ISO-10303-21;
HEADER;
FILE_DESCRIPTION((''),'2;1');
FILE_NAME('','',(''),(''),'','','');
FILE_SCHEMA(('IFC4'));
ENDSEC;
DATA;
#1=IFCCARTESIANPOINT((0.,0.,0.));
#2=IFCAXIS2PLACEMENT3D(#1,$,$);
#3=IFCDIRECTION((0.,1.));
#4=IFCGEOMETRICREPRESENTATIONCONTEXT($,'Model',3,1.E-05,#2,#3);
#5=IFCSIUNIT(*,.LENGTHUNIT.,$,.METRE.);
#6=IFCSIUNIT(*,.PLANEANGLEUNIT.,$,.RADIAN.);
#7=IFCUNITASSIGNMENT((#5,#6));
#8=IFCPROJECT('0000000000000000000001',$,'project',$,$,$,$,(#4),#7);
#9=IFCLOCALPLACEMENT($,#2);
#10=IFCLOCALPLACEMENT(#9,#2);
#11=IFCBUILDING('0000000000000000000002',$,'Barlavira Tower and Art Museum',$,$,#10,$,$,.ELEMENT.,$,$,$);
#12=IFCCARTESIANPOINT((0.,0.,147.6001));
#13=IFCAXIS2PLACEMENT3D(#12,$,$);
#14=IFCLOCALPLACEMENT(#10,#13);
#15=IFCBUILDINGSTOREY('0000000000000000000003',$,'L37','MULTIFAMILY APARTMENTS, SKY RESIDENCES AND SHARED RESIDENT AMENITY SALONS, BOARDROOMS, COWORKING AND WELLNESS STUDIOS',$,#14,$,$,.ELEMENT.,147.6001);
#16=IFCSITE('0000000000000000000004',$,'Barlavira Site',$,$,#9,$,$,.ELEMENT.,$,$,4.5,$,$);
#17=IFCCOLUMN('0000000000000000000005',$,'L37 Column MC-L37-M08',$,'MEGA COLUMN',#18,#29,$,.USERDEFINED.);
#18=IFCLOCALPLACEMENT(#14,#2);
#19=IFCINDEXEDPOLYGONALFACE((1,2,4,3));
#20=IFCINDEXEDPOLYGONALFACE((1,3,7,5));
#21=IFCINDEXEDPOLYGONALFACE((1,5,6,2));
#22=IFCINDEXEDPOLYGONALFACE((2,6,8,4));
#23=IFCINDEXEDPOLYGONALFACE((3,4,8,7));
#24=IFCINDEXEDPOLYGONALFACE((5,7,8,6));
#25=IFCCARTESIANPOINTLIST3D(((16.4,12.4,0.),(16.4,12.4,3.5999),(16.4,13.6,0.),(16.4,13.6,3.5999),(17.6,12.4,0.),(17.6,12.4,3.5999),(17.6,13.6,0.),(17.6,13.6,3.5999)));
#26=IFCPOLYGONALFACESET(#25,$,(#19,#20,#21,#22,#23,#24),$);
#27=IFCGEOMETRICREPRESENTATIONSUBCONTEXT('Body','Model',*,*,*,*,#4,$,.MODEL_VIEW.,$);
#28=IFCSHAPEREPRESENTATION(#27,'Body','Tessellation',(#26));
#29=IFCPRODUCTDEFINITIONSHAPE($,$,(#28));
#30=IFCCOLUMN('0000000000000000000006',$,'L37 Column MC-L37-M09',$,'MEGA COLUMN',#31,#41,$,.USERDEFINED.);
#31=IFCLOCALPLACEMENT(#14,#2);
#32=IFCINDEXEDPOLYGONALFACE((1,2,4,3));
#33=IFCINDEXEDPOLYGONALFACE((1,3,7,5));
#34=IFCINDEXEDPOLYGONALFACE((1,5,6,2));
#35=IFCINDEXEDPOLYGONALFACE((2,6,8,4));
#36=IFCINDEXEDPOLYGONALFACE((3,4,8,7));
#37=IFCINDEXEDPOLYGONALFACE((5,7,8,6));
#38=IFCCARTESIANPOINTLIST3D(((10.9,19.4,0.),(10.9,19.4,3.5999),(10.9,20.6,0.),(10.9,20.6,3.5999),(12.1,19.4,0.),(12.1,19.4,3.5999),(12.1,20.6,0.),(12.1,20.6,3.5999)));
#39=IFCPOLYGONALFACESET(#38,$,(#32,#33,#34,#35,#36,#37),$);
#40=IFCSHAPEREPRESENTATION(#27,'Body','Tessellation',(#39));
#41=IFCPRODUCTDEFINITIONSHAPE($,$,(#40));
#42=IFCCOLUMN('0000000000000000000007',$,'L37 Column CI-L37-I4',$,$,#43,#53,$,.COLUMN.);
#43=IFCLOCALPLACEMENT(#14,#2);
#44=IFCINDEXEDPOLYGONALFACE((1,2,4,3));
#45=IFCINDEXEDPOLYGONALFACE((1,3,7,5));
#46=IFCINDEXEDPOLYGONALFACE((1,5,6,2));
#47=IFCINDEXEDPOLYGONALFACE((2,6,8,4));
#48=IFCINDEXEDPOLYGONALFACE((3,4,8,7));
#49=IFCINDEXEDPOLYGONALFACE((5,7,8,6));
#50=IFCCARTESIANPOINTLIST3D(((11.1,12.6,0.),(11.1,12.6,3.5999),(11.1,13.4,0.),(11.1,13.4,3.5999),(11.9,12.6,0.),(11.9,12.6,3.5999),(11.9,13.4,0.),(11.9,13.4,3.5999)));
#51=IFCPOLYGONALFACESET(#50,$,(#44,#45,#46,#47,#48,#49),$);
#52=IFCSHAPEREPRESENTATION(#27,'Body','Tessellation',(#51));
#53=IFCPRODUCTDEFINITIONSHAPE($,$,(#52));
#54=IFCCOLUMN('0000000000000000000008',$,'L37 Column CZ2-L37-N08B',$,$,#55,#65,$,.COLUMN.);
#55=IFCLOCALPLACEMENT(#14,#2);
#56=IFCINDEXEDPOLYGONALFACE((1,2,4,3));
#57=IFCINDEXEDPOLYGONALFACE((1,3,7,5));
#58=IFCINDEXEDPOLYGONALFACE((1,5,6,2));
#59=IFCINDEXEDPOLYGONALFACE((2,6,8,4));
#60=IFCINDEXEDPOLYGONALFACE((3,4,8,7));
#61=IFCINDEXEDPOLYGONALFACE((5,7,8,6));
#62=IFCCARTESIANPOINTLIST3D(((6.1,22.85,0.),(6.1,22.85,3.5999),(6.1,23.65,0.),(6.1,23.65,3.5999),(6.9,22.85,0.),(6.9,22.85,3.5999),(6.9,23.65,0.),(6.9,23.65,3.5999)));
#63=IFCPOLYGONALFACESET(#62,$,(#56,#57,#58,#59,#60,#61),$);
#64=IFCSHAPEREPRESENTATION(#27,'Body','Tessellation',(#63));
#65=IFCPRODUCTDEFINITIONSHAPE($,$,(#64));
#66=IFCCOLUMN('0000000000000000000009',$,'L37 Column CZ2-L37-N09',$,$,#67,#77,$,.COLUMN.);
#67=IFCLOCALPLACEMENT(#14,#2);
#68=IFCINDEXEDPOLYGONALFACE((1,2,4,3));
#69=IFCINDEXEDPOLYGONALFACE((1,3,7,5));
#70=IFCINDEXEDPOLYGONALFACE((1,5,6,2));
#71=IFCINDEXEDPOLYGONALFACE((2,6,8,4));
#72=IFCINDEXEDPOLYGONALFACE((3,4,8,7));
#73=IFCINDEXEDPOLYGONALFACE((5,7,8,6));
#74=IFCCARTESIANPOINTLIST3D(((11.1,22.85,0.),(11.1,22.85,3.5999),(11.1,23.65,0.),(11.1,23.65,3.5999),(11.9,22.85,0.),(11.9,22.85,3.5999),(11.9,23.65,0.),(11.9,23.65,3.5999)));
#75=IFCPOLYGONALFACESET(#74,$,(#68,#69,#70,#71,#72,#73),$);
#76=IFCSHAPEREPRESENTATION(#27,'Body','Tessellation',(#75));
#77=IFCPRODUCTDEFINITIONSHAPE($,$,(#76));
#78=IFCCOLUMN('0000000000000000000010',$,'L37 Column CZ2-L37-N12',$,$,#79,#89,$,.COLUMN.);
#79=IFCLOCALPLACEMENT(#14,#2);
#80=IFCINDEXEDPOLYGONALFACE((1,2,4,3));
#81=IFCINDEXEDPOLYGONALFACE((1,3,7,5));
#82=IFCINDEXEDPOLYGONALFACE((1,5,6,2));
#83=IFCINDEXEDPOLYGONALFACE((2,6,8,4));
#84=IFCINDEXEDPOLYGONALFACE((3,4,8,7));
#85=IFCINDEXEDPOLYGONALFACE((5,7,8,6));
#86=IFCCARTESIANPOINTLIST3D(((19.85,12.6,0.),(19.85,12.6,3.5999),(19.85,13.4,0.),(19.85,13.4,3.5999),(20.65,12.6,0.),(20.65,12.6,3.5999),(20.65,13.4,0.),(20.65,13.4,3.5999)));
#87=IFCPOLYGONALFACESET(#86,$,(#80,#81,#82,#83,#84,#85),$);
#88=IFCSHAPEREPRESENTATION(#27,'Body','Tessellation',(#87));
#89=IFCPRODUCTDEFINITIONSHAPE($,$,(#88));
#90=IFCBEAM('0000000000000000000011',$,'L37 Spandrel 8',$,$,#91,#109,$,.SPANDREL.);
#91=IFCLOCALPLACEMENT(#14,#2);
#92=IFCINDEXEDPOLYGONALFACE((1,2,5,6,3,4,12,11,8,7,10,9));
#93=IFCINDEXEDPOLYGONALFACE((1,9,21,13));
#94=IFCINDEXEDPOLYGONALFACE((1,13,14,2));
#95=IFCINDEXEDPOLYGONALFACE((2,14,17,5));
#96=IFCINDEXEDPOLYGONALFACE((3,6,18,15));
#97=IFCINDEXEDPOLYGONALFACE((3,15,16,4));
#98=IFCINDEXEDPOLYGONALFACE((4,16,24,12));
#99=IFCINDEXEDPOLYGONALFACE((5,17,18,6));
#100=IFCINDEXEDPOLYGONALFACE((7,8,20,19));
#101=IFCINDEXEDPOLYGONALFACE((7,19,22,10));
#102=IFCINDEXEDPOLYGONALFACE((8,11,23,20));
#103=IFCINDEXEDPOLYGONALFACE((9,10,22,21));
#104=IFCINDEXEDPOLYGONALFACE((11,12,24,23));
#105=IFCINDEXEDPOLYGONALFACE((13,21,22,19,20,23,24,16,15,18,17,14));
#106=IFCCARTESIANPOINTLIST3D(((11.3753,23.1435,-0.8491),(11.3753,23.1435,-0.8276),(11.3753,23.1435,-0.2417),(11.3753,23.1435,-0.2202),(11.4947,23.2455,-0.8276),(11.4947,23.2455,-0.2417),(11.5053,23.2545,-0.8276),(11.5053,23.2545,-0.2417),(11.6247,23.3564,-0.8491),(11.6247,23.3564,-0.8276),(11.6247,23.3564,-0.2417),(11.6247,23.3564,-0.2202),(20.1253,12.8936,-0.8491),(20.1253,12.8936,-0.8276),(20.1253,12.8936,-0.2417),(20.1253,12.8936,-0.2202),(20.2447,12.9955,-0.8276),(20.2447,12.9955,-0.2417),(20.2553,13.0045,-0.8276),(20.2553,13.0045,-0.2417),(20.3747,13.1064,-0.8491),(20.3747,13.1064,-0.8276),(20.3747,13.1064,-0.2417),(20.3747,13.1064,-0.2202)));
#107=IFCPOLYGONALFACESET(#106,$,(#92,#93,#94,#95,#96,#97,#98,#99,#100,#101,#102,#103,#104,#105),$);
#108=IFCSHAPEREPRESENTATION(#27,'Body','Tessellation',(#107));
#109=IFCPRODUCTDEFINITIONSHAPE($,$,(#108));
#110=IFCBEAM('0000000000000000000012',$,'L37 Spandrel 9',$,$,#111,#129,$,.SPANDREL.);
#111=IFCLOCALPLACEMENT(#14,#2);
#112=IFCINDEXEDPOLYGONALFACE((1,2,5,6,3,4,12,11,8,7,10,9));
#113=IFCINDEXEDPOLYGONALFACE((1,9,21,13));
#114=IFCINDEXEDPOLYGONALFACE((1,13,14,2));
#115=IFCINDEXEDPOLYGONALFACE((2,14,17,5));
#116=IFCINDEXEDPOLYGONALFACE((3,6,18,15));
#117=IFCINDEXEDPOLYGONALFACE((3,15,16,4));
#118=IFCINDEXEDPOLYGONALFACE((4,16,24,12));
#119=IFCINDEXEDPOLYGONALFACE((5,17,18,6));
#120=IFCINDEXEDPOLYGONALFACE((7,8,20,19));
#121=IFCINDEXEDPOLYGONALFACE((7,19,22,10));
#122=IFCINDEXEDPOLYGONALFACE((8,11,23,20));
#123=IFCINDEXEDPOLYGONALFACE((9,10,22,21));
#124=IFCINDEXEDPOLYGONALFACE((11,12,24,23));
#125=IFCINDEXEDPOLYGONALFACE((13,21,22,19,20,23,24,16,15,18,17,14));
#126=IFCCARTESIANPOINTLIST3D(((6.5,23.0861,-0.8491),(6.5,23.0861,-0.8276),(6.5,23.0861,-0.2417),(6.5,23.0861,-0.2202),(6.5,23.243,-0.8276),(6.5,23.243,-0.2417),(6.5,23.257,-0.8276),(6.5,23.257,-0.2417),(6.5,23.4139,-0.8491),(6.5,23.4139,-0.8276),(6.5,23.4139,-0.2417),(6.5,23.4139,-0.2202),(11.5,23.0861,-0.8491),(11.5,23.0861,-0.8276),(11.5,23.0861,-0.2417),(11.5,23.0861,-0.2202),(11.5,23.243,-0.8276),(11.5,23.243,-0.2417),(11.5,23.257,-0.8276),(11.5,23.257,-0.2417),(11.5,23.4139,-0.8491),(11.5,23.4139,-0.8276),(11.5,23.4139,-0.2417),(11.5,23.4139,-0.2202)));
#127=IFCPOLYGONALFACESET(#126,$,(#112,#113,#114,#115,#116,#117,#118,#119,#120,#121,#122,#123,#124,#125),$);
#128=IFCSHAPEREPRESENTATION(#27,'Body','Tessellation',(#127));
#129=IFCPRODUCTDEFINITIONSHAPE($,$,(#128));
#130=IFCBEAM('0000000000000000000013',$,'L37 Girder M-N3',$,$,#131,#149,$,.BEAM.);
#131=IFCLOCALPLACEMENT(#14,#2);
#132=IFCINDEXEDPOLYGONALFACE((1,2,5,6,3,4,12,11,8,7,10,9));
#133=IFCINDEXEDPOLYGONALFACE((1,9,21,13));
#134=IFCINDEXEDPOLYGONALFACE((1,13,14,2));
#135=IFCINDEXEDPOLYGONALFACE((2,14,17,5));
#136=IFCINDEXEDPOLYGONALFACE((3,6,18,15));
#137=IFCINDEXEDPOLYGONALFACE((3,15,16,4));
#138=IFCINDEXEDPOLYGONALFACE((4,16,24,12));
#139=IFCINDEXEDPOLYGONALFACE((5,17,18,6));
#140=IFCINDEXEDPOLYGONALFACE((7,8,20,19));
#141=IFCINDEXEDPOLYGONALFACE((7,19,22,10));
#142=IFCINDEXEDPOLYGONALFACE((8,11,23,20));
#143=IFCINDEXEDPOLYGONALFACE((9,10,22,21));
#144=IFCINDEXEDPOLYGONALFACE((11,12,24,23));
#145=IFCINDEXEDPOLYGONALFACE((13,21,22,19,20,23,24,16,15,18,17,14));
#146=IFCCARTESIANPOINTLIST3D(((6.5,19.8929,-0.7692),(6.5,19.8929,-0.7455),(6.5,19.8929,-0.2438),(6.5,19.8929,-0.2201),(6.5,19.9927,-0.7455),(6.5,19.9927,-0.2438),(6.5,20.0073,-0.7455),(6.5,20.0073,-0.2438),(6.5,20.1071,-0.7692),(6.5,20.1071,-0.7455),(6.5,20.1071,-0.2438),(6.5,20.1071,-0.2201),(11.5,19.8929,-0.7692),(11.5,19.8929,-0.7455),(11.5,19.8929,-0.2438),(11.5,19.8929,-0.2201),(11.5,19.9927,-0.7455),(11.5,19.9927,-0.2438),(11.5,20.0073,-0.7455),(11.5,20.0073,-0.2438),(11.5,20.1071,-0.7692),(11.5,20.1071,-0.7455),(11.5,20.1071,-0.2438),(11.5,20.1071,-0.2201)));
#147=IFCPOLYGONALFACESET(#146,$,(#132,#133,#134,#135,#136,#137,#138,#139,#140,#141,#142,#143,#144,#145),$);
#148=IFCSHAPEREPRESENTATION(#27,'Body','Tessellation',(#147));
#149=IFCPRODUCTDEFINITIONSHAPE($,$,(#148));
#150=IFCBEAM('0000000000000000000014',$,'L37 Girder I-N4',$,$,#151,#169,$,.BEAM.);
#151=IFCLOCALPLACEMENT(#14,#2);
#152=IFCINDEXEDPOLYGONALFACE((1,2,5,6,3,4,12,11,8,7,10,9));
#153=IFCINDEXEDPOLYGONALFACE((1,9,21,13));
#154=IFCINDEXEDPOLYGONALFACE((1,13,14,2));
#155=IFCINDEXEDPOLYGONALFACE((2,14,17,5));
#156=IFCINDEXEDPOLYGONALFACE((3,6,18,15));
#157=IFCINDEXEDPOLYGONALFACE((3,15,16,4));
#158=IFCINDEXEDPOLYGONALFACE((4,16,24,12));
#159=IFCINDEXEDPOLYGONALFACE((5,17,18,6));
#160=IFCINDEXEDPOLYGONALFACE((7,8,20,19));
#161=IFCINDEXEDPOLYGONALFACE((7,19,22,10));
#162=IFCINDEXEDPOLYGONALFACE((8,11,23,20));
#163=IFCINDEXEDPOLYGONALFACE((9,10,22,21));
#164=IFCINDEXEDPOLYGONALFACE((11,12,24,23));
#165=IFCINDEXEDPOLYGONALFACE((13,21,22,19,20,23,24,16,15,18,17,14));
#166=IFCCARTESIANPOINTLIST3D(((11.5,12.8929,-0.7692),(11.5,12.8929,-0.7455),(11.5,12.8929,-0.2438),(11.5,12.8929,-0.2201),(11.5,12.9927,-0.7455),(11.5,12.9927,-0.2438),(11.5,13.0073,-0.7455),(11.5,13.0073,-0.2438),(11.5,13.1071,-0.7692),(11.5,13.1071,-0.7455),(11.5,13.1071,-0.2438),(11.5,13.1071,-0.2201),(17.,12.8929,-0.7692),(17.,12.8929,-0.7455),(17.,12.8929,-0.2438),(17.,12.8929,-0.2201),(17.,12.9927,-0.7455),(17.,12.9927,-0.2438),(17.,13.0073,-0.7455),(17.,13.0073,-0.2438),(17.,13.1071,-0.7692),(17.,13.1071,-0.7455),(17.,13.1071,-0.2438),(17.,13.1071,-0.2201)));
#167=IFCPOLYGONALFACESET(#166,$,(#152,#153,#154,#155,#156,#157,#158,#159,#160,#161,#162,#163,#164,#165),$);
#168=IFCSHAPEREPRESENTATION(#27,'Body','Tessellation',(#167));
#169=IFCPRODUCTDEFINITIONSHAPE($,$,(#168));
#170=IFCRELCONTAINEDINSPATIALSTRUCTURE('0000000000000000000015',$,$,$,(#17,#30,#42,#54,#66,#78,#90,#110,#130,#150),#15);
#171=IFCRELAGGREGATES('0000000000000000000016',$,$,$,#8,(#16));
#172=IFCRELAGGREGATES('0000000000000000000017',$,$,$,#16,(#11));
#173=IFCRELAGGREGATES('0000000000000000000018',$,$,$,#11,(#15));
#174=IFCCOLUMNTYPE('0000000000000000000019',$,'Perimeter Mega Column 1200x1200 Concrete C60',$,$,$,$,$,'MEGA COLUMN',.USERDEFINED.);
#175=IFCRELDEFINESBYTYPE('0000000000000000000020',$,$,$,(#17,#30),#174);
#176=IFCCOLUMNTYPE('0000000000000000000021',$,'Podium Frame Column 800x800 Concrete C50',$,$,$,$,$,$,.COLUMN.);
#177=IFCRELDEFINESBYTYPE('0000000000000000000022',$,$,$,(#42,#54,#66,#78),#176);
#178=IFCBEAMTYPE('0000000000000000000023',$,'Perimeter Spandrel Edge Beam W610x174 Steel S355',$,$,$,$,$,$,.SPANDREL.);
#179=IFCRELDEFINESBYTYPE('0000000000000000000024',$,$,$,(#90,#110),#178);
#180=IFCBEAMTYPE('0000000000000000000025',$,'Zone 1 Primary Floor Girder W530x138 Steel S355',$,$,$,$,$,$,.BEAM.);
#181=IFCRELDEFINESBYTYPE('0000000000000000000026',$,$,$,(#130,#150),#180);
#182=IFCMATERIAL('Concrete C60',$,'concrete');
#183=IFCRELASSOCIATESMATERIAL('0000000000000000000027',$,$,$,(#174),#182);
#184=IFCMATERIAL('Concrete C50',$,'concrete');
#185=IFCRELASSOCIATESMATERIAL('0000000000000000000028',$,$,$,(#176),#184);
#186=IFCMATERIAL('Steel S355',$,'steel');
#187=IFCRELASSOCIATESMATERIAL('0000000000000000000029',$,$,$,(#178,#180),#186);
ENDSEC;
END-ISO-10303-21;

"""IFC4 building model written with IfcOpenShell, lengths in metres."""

from ifc_helpers import new_model, si_unit, direction, frame, origin, origin_2d, place, context, subcontext, project, spatial, rectangle, i_section, extrude, material, material_profile, profile_set, type_object, element, save


model = new_model("IFC4")

# Units and contexts
model_context = context("Model", 3, precision=1e-05, world=origin(), true_north=direction((0.0, 1.0)))
body_context = subcontext(model_context, "Body", "Model", "MODEL_VIEW")
ifc_project = project(units=[si_unit("LENGTHUNIT", "METRE"), si_unit("PLANEANGLEUNIT", "RADIAN")], contexts=[model_context])

# Site, building, storey
site_placement = place(None, origin())
site = spatial("IfcSite", under=ifc_project, at=site_placement, Name="Barlavira Site", CompositionType="ELEMENT", RefElevation=4.5)
building_placement = place(site_placement, origin())
building = spatial("IfcBuilding", under=site, at=building_placement, Name="Barlavira Tower and Art Museum", CompositionType="ELEMENT")
storey_placement = place(building_placement, frame((0.0, 0.0, 147.6001)))
storey = spatial("IfcBuildingStorey", under=building, at=storey_placement, Name="L37", Description="MULTIFAMILY APARTMENTS, SKY RESIDENCES AND SHARED RESIDENT AMENITY SALONS, BOARDROOMS, COWORKING AND WELLNESS STUDIOS", CompositionType="ELEMENT", Elevation=147.6001)

# Columns
ifc_material_1 = material(Name="Concrete C60", Category="concrete")
ifc_material_profile_1 = material_profile(ifc_material_1, rectangle(XDim=1.2, YDim=1.2, at=origin_2d()), Name="RC-COL 1200x1200")
ifc_profile_set_1 = profile_set([ifc_material_profile_1], Name="Concrete C60")
column_type_1 = type_object("IfcColumnType", Name="Perimeter Mega Column 1200x1200 Concrete C60", ElementType="MEGA COLUMN", PredefinedType="USERDEFINED", material=ifc_profile_set_1)
for number, where, z_axis, x_axis, name in (
    (1, (17.0, 13.0, 0.0), (0.0, 0.0, 1.0), (1.0, 0.0, 0.0), "L37 Column MC-L37-M08"),
    (2, (11.5, 20.0, 0.0), (0.0, 0.0, 1.0), (1.0, 0.0, 0.0), "L37 Column MC-L37-M09"),
):
    element("IfcColumn", number, at=place(storey_placement, frame(where, z_axis=z_axis, x_axis=x_axis)), inside=storey, type_object=column_type_1, Name=name, ObjectType="MEGA COLUMN", PredefinedType="USERDEFINED", context=body_context, shape_type="SweptSolid", body=[
        extrude(rectangle(XDim=1.2, YDim=1.2, at=origin_2d()), origin(), (0.0, 0.0, 1.0), 3.5999),
    ])
ifc_material_2 = material(Name="Concrete C50", Category="concrete")
ifc_material_profile_2 = material_profile(ifc_material_2, rectangle(XDim=0.8, YDim=0.8, at=origin_2d()), Name="RC-COL 800x800")
ifc_profile_set_2 = profile_set([ifc_material_profile_2], Name="Concrete C50")
column_type_2 = type_object("IfcColumnType", Name="Podium Frame Column 800x800 Concrete C50", PredefinedType="COLUMN", material=ifc_profile_set_2)
for number, where, z_axis, x_axis, name in (
    (3, (11.5, 13.0, 0.0), (0.0, 0.0, 1.0), (1.0, 0.0, 0.0), "L37 Column CI-L37-I4"),
    (4, (6.5, 23.25, 0.0), (0.0, 0.0, 1.0), (1.0, 0.0, 0.0), "L37 Column CZ2-L37-N08B"),
    (5, (11.5, 23.25, 0.0), (0.0, 0.0, 1.0), (1.0, 0.0, 0.0), "L37 Column CZ2-L37-N09"),
    (6, (20.25, 13.0, 0.0), (0.0, 0.0, 1.0), (1.0, 0.0, 0.0), "L37 Column CZ2-L37-N12"),
):
    element("IfcColumn", number, at=place(storey_placement, frame(where, z_axis=z_axis, x_axis=x_axis)), inside=storey, type_object=column_type_2, Name=name, PredefinedType="COLUMN", context=body_context, shape_type="SweptSolid", body=[
        extrude(rectangle(XDim=0.8, YDim=0.8, at=origin_2d()), origin(), (0.0, 0.0, 1.0), 3.5999),
    ])

# Beams
ifc_material_3 = material(Name="Steel S355", Category="steel")
ifc_material_profile_3 = material_profile(ifc_material_3, i_section(OverallWidth=0.3279, OverallDepth=0.6289, WebThickness=0.0139, FlangeThickness=0.0215, at=origin_2d()), Name="W610x174.0")
ifc_profile_set_3 = profile_set([ifc_material_profile_3], Name="Steel S355")
beam_type_1 = type_object("IfcBeamType", Name="Perimeter Spandrel Edge Beam W610x174 Steel S355", PredefinedType="SPANDREL", material=ifc_profile_set_3)
beam_1_placement = place(storey_placement, frame((20.25, 13.0, -0.5347), z_axis=(-0.649262, 0.760565, 0.0), x_axis=(-0.760565, -0.649262, 0.0)))
element("IfcBeam", 7, at=beam_1_placement, inside=storey, type_object=beam_type_1, Name="L37 Spandrel 8", PredefinedType="SPANDREL", context=body_context, shape_type="SweptSolid", body=[
    extrude(i_section(OverallWidth=0.3279, OverallDepth=0.6289, WebThickness=0.0139, FlangeThickness=0.0215, at=origin_2d()), origin(), (0.0, 0.0, 1.0), 13.4768),
])
beam_2_placement = place(storey_placement, frame((6.5, 23.25, -0.5347), z_axis=(1.0, 0.0, 0.0), x_axis=(0.0, 1.0, 0.0)))
element("IfcBeam", 8, at=beam_2_placement, inside=storey, type_object=beam_type_1, Name="L37 Spandrel 9", PredefinedType="SPANDREL", context=body_context, shape_type="SweptSolid", body=[
    extrude(i_section(OverallWidth=0.3279, OverallDepth=0.6289, WebThickness=0.0139, FlangeThickness=0.0215, at=origin_2d()), origin(), (0.0, 0.0, 1.0), 5.0),
])
ifc_material_profile_4 = material_profile(ifc_material_3, i_section(OverallWidth=0.2141, OverallDepth=0.5491, WebThickness=0.0146, FlangeThickness=0.0237, at=origin_2d()), Name="W530x138.0")
ifc_profile_set_4 = profile_set([ifc_material_profile_4], Name="Steel S355")
beam_type_2 = type_object("IfcBeamType", Name="Zone 1 Primary Floor Girder W530x138 Steel S355", PredefinedType="BEAM", material=ifc_profile_set_4)
beam_3_placement = place(storey_placement, frame((6.5, 20.0, -0.4946), z_axis=(1.0, 0.0, 0.0), x_axis=(0.0, 1.0, 0.0)))
element("IfcBeam", 9, at=beam_3_placement, inside=storey, type_object=beam_type_2, Name="L37 Girder M-N3", PredefinedType="BEAM", context=body_context, shape_type="SweptSolid", body=[
    extrude(i_section(OverallWidth=0.2141, OverallDepth=0.5491, WebThickness=0.0146, FlangeThickness=0.0237, at=origin_2d()), origin(), (0.0, 0.0, 1.0), 5.0),
])
beam_4_placement = place(storey_placement, frame((11.5, 13.0, -0.4946), z_axis=(1.0, 0.0, 0.0), x_axis=(0.0, 1.0, 0.0)))
element("IfcBeam", 10, at=beam_4_placement, inside=storey, type_object=beam_type_2, Name="L37 Girder I-N4", PredefinedType="BEAM", context=body_context, shape_type="SweptSolid", body=[
    extrude(i_section(OverallWidth=0.2141, OverallDepth=0.5491, WebThickness=0.0146, FlangeThickness=0.0237, at=origin_2d()), origin(), (0.0, 0.0, 1.0), 5.5),
])

save(model, "model.ifc")
